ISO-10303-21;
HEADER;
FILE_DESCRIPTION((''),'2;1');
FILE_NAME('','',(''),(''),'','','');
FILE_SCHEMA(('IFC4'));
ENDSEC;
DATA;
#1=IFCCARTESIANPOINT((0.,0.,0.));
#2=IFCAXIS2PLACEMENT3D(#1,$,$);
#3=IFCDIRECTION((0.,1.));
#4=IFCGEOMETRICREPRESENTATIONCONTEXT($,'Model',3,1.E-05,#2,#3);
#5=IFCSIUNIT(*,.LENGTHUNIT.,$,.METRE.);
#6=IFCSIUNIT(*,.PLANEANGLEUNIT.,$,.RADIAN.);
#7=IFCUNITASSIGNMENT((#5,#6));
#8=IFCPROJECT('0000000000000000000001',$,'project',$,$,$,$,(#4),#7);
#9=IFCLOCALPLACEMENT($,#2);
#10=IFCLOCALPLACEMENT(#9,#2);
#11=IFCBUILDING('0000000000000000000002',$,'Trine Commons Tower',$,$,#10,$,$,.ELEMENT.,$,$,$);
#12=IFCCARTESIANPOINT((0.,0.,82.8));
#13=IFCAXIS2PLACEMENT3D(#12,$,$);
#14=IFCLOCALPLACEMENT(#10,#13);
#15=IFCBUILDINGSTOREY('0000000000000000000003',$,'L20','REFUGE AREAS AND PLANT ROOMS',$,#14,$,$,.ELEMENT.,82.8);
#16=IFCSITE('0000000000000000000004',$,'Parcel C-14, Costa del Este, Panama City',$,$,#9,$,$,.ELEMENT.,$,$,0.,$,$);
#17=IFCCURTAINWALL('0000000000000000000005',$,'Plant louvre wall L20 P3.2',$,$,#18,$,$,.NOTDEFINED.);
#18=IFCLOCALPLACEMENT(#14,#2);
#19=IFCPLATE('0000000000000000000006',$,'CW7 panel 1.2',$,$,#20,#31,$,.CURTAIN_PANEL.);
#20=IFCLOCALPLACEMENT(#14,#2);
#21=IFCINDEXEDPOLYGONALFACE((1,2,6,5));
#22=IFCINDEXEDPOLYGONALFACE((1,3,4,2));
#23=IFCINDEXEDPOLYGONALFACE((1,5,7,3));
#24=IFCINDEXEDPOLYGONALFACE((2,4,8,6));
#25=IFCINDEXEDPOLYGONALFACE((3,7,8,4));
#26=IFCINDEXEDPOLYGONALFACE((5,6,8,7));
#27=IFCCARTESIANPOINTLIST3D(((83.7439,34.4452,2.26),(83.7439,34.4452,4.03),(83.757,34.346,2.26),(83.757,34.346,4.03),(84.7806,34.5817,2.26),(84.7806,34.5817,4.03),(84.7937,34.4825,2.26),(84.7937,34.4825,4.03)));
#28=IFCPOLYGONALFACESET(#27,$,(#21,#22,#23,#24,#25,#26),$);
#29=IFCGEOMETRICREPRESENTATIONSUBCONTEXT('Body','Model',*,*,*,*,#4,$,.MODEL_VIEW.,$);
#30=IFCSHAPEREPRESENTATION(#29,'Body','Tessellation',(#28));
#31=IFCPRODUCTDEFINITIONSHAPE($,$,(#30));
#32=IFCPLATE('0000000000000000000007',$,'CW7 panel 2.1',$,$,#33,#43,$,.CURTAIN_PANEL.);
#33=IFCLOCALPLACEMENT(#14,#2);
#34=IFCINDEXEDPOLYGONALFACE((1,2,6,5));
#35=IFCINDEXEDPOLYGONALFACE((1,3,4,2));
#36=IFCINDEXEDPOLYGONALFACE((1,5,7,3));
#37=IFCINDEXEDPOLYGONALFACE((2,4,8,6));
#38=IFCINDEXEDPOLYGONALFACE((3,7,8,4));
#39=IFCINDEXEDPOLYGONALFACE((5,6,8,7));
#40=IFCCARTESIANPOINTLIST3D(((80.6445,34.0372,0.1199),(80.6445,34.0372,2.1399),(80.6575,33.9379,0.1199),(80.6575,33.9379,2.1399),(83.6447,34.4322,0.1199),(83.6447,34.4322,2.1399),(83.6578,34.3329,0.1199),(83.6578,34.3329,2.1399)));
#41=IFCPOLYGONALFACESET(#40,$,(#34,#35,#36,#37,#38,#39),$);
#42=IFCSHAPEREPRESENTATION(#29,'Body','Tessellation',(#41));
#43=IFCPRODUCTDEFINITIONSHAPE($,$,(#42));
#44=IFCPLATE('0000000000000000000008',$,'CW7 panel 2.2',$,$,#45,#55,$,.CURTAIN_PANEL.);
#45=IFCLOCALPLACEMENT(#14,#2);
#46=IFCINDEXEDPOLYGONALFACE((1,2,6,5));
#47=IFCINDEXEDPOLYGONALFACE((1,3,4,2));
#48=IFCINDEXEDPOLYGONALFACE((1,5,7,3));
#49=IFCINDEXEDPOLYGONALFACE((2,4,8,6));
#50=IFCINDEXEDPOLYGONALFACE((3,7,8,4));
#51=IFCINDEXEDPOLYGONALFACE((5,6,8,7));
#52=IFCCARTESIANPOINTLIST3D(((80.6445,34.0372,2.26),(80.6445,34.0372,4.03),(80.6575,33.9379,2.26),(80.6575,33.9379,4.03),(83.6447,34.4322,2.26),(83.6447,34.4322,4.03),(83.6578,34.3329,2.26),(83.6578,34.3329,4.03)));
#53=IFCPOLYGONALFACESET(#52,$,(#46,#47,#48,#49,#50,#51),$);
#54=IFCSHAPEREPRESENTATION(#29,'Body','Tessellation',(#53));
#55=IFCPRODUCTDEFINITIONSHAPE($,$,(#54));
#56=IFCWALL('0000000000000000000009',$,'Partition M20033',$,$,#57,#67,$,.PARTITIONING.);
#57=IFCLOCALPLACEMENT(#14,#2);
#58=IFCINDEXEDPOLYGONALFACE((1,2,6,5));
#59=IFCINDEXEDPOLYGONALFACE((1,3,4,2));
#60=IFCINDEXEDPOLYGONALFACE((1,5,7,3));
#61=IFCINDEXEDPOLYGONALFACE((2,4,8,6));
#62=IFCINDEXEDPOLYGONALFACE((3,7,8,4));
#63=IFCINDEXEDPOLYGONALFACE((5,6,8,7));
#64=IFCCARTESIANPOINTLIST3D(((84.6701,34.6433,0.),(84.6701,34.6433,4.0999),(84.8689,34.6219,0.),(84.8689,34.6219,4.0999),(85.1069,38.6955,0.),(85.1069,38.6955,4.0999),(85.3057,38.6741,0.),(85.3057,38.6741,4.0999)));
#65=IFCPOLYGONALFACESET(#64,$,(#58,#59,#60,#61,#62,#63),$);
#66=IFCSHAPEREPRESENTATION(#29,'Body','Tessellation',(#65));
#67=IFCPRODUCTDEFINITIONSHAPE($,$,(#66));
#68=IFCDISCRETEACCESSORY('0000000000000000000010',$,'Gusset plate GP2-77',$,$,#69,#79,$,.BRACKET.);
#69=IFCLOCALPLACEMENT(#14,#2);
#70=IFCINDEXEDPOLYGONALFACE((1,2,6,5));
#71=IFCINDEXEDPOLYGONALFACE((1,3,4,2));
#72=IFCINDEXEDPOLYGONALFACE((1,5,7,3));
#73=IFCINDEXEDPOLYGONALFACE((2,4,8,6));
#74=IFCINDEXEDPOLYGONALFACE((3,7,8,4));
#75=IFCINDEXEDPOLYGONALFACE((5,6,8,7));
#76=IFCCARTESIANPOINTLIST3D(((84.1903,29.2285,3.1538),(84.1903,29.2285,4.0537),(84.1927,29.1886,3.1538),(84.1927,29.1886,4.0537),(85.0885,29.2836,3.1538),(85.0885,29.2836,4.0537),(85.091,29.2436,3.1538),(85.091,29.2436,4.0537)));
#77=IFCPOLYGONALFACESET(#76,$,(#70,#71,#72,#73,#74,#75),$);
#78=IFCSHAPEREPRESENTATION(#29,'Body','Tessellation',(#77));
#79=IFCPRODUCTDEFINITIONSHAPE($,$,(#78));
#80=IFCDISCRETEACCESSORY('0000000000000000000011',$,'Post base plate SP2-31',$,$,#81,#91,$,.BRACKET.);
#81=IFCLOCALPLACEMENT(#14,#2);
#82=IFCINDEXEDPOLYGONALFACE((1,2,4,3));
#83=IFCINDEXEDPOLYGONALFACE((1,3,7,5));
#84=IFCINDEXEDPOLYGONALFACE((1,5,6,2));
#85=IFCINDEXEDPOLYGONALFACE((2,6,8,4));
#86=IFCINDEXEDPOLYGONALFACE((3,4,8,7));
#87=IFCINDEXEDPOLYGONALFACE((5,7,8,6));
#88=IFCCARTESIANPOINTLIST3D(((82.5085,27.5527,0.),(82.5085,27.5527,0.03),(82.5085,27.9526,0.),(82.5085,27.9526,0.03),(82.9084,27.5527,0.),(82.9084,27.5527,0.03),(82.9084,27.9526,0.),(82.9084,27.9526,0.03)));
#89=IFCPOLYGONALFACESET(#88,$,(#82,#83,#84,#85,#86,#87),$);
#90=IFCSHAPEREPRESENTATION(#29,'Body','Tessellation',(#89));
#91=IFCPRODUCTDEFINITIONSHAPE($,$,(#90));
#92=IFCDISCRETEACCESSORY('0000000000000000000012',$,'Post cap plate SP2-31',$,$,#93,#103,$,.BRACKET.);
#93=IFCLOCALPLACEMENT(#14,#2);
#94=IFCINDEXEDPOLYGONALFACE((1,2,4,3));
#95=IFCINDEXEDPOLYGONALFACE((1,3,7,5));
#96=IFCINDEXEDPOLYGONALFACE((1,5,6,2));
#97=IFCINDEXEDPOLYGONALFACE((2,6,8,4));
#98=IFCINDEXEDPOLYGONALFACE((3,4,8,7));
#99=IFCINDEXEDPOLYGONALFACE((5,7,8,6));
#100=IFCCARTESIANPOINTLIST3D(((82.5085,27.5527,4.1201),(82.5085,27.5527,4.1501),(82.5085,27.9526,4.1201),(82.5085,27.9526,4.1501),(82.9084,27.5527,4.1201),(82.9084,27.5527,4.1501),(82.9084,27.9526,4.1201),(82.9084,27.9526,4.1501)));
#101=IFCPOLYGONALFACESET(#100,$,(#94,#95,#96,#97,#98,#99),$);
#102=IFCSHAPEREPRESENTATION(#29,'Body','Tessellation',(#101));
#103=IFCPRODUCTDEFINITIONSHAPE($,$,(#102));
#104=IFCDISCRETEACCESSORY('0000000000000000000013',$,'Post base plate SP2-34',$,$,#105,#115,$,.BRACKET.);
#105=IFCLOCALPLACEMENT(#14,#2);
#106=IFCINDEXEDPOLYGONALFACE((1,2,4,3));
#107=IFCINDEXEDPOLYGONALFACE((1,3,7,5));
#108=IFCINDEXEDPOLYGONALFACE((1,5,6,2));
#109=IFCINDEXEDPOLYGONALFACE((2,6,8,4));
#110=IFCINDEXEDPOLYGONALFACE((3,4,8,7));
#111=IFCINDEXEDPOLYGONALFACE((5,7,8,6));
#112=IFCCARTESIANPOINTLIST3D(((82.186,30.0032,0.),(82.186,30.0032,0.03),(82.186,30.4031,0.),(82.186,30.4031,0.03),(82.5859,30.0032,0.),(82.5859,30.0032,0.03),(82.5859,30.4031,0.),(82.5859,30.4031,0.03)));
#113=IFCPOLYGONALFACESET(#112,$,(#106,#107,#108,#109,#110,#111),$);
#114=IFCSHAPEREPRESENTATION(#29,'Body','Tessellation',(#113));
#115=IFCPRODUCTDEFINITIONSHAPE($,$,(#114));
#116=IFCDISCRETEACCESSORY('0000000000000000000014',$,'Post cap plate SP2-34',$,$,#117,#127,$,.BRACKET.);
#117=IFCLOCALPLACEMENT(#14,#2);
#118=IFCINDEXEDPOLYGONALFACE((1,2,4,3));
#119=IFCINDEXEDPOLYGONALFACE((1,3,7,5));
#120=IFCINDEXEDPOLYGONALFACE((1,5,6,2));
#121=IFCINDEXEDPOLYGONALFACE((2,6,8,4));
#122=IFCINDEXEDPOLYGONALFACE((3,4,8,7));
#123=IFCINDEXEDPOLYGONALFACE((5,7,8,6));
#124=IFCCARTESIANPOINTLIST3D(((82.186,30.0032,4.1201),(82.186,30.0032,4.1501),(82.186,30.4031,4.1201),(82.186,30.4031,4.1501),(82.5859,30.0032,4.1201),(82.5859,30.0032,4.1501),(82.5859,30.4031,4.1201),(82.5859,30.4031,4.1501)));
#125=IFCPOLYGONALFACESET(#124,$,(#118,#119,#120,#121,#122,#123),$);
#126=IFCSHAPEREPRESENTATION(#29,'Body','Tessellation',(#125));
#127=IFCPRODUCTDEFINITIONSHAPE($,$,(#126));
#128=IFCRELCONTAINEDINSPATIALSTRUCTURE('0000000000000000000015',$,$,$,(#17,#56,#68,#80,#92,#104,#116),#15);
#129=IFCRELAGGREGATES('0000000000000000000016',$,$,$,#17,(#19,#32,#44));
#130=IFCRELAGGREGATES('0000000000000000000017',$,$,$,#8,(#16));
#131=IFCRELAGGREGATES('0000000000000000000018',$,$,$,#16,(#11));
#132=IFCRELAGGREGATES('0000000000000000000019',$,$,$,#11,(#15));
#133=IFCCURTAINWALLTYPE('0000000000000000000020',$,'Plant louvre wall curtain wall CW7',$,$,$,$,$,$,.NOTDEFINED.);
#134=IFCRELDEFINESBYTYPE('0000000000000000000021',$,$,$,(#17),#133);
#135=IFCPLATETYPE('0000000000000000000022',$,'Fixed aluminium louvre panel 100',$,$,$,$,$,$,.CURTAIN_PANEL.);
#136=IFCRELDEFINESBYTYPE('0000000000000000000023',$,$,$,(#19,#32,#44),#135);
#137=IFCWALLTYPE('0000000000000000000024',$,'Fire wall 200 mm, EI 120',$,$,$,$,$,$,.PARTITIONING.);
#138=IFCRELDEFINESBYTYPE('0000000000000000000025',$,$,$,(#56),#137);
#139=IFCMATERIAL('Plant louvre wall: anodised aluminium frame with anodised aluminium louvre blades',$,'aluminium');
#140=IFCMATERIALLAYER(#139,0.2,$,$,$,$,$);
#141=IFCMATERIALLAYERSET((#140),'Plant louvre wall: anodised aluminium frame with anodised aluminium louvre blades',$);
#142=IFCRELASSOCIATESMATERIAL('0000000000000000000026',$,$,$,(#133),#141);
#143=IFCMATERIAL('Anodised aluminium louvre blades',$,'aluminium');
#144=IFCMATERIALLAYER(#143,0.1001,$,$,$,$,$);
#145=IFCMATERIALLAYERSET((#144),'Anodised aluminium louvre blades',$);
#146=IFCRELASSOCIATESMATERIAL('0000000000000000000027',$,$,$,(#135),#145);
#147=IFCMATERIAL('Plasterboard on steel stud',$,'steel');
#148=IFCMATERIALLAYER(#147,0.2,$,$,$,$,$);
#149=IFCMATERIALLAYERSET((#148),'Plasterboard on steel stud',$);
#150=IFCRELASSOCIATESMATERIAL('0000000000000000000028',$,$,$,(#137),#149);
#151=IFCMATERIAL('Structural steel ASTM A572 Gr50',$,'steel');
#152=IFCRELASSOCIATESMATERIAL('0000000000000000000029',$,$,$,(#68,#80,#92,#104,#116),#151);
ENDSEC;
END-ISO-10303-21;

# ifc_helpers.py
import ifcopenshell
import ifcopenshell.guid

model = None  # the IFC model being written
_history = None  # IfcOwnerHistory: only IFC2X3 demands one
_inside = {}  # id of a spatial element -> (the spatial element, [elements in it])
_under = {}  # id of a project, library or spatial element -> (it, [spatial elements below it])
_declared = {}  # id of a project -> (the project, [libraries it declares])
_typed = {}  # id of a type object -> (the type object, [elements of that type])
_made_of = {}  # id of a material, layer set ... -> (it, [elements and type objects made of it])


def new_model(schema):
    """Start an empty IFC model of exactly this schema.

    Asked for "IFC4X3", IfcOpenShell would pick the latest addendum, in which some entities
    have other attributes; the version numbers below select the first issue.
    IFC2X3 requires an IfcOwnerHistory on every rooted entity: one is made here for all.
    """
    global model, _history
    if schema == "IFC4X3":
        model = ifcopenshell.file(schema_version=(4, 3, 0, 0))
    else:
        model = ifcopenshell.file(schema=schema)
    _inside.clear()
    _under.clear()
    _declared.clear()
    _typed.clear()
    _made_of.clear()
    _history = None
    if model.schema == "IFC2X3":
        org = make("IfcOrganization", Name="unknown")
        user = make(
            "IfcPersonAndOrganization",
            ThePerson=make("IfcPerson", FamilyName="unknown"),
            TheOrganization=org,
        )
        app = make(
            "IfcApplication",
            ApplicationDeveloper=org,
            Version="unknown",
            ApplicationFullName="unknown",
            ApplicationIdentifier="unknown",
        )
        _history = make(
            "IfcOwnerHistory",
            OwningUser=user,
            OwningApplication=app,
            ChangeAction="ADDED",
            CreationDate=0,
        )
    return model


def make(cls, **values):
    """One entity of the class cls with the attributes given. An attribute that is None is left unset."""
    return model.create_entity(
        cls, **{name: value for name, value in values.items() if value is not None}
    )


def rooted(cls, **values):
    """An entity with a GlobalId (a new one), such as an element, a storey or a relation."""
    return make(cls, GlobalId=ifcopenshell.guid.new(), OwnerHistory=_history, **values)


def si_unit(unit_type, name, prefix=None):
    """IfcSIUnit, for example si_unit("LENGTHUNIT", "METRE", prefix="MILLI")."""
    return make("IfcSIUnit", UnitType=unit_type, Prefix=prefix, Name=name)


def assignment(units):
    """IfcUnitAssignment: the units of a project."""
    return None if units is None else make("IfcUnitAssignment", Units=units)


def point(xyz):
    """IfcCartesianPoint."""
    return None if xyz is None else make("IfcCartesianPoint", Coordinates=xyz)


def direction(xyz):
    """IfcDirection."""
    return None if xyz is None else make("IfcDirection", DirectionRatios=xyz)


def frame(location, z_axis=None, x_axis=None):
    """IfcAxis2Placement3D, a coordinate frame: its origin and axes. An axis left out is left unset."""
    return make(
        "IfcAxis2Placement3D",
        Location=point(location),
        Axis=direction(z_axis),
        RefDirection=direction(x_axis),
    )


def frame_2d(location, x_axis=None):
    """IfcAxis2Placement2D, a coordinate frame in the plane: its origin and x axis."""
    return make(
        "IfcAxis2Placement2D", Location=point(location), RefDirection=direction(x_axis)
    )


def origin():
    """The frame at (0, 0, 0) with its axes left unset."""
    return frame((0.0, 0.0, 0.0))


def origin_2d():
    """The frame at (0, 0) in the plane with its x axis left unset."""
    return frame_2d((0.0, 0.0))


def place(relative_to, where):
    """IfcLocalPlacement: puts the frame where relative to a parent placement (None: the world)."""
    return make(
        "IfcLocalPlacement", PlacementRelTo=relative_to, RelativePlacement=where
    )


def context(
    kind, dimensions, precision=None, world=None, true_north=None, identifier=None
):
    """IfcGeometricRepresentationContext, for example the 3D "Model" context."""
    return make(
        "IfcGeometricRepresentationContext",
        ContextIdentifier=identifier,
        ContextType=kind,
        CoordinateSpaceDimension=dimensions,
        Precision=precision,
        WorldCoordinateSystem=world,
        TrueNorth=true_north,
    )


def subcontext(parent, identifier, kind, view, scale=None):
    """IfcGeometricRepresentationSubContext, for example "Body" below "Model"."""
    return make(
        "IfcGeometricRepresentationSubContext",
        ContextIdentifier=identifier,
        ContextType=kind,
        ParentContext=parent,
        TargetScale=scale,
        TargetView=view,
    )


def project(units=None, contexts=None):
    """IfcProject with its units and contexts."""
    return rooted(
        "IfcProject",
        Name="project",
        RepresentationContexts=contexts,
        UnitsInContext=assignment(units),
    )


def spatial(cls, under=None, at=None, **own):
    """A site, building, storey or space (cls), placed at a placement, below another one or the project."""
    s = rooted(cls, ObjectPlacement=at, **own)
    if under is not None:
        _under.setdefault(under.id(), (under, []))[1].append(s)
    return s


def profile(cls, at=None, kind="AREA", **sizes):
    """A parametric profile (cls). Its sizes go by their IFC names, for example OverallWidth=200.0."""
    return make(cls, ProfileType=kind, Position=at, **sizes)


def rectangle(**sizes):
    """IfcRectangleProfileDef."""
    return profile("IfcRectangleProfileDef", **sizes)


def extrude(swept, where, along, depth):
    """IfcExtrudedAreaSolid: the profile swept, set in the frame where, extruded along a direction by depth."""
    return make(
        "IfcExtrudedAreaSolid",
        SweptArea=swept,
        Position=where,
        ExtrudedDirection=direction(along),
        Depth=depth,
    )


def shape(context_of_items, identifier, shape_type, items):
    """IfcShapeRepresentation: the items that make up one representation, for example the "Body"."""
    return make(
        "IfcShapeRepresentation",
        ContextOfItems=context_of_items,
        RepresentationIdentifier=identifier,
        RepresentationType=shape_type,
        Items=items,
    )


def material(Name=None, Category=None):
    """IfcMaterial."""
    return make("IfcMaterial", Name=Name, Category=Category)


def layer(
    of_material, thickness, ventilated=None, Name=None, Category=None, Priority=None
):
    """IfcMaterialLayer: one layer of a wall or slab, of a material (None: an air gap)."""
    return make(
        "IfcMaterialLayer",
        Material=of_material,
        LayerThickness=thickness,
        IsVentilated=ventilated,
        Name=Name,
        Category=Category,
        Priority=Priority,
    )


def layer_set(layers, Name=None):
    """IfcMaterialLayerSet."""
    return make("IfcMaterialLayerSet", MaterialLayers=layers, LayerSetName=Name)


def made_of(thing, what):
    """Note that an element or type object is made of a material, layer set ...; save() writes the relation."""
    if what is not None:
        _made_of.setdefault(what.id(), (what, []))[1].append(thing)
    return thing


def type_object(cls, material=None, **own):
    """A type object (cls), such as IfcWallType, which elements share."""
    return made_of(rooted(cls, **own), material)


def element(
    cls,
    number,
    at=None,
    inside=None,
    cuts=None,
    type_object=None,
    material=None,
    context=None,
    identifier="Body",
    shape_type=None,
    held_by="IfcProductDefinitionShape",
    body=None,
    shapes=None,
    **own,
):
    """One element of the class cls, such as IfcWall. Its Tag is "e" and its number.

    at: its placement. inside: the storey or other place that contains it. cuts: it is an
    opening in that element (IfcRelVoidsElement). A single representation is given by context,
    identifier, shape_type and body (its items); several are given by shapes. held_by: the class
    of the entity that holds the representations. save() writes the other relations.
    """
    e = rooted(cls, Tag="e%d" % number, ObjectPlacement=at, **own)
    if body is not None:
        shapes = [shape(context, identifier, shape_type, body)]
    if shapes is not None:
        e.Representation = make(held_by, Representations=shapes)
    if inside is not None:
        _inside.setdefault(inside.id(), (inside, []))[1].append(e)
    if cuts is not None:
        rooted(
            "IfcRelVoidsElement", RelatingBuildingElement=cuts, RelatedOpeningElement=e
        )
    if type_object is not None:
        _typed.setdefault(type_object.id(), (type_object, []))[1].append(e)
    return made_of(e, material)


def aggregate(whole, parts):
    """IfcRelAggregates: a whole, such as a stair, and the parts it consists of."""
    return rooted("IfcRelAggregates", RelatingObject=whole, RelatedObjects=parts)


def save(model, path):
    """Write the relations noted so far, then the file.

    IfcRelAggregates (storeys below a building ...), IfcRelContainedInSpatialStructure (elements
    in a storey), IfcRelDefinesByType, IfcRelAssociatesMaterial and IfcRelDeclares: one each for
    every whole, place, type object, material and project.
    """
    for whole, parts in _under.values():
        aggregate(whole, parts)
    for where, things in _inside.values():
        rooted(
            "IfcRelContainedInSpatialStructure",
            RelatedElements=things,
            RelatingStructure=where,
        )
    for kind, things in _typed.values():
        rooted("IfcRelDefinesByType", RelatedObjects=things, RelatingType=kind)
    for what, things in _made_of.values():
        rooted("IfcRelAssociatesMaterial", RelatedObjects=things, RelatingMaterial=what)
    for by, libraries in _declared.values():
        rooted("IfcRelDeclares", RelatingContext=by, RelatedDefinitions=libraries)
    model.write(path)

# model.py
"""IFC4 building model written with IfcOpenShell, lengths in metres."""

from ifc_helpers import new_model, si_unit, direction, frame, frame_2d, origin, origin_2d, place, context, subcontext, project, spatial, rectangle, extrude, material, layer, layer_set, type_object, element, aggregate, save


model = new_model("IFC4")

# Units and contexts
model_context = context("Model", 3, precision=1e-05, world=origin(), true_north=direction((0.0, 1.0)))
body_context = subcontext(model_context, "Body", "Model", "MODEL_VIEW")
ifc_project = project(units=[si_unit("LENGTHUNIT", "METRE"), si_unit("PLANEANGLEUNIT", "RADIAN")], contexts=[model_context])

# Site, building, storey
site_placement = place(None, origin())
site = spatial("IfcSite", under=ifc_project, at=site_placement, Name="Parcel C-14, Costa del Este, Panama City", CompositionType="ELEMENT", RefElevation=0.0)
building_placement = place(site_placement, origin())
building = spatial("IfcBuilding", under=site, at=building_placement, Name="Trine Commons Tower", CompositionType="ELEMENT")
storey_placement = place(building_placement, frame((0.0, 0.0, 82.8)))
storey = spatial("IfcBuildingStorey", under=building, at=storey_placement, Name="L20", Description="REFUGE AREAS AND PLANT ROOMS", CompositionType="ELEMENT", Elevation=82.8)

# Curtain wall
ifc_material_1 = material(Name="Plant louvre wall: anodised aluminium frame with anodised aluminium louvre blades", Category="aluminium")
ifc_layer_1 = layer(ifc_material_1, 0.2)
ifc_layer_set_1 = layer_set([ifc_layer_1], Name="Plant louvre wall: anodised aluminium frame with anodised aluminium louvre blades")
curtain_wall_type = type_object("IfcCurtainWallType", Name="Plant louvre wall curtain wall CW7", PredefinedType="NOTDEFINED", material=ifc_layer_set_1)
curtain_wall_placement = place(storey_placement, origin())
curtain_wall = element("IfcCurtainWall", 1, at=curtain_wall_placement, inside=storey, type_object=curtain_wall_type, Name="Plant louvre wall L20 P3.2", PredefinedType="NOTDEFINED")

# Plates
ifc_material_2 = material(Name="Anodised aluminium louvre blades", Category="aluminium")
ifc_layer_2 = layer(ifc_material_2, 0.1001)
ifc_layer_set_2 = layer_set([ifc_layer_2], Name="Anodised aluminium louvre blades")
plate_type = type_object("IfcPlateType", Name="Fixed aluminium louvre panel 100", PredefinedType="CURTAIN_PANEL", material=ifc_layer_set_2)
plate_1_placement = place(storey_placement, frame((84.2688, 34.4639, 2.26), z_axis=(0.0, 0.0, 1.0), x_axis=(-0.991445, -0.130526, 0.0)))
plate_1 = element("IfcPlate", 2, at=plate_1_placement, type_object=plate_type, Name="CW7 panel 1.2", PredefinedType="CURTAIN_PANEL", context=body_context, shape_type="SweptSolid", body=[
    extrude(rectangle(XDim=1.0457, YDim=0.1001, at=origin_2d()), origin(), (0.0, 0.0, 1.0), 1.77),
])
plate_2_placement = place(storey_placement, frame((82.1511, 34.1851, 0.1199), z_axis=(0.0, 0.0, 1.0), x_axis=(-0.991445, -0.130526, 0.0)))
plate_2 = element("IfcPlate", 3, at=plate_2_placement, type_object=plate_type, Name="CW7 panel 2.1", PredefinedType="CURTAIN_PANEL", context=body_context, shape_type="SweptSolid", body=[
    extrude(rectangle(XDim=3.0261, YDim=0.1001, at=origin_2d()), origin(), (0.0, 0.0, 1.0), 2.02),
])
plate_3_placement = place(storey_placement, frame((82.1511, 34.1851, 2.26), z_axis=(0.0, 0.0, 1.0), x_axis=(-0.991445, -0.130526, 0.0)))
plate_3 = element("IfcPlate", 4, at=plate_3_placement, type_object=plate_type, Name="CW7 panel 2.2", PredefinedType="CURTAIN_PANEL", context=body_context, shape_type="SweptSolid", body=[
    extrude(rectangle(XDim=3.0261, YDim=0.1001, at=origin_2d()), origin(), (0.0, 0.0, 1.0), 1.77),
])
aggregate(curtain_wall, [plate_1, plate_2, plate_3])

# Wall
ifc_material_3 = material(Name="Plasterboard on steel stud", Category="steel")
ifc_layer_3 = layer(ifc_material_3, 0.2)
ifc_layer_set_3 = layer_set([ifc_layer_3], Name="Plasterboard on steel stud")
wall_type = type_object("IfcWallType", Name="Fire wall 200 mm, EI 120", PredefinedType="PARTITIONING", material=ifc_layer_set_3)
wall_placement = place(storey_placement, frame((84.7695, 34.6326, 0.0), z_axis=(0.0, 0.0, 1.0), x_axis=(0.107163, 0.994241, 0.0)))
element("IfcWall", 5, at=wall_placement, inside=storey, type_object=wall_type, Name="Partition M20033", PredefinedType="PARTITIONING", context=body_context, shape_type="SweptSolid", body=[
    extrude(rectangle(XDim=4.0757, YDim=0.2, at=frame_2d((2.0378, 0.0))), origin(), (0.0, 0.0, 1.0), 4.0999),
])

# Discrete accessories
ifc_material_4 = material(Name="Structural steel ASTM A572 Gr50", Category="steel")
discrete_accessory_placement = place(storey_placement, frame((84.6406, 29.2361, 3.1538), z_axis=(0.0, 0.0, 1.0), x_axis=(-0.998124, -0.061223, 0.0)))
element("IfcDiscreteAccessory", 6, at=discrete_accessory_placement, inside=storey, material=ifc_material_4, Name="Gusset plate GP2-77", PredefinedType="BRACKET", context=body_context, shape_type="SweptSolid", body=[
    extrude(rectangle(XDim=0.8999, YDim=0.04, at=origin_2d()), origin(), (0.0, 0.0, 1.0), 0.8999),
])
for number, where, z_axis, x_axis, name in (
    (7, (82.7085, 27.7527, 0.0), (0.0, 0.0, 1.0), (1.0, 0.0, 0.0), "Post base plate SP2-31"),
    (8, (82.7085, 27.7527, 4.1201), (0.0, 0.0, 1.0), (1.0, 0.0, 0.0), "Post cap plate SP2-31"),
    (9, (82.386, 30.2031, 0.0), (0.0, 0.0, 1.0), (1.0, 0.0, 0.0), "Post base plate SP2-34"),
    (10, (82.386, 30.2031, 4.1201), (0.0, 0.0, 1.0), (1.0, 0.0, 0.0), "Post cap plate SP2-34"),
):
    element("IfcDiscreteAccessory", number, at=place(storey_placement, frame(where, z_axis=z_axis, x_axis=x_axis)), inside=storey, material=ifc_material_4, Name=name, PredefinedType="BRACKET", context=body_context, shape_type="SweptSolid", body=[
        extrude(rectangle(XDim=0.3999, YDim=0.3999, at=origin_2d()), origin(), (0.0, 0.0, 1.0), 0.03),
    ])

save(model, "model.ifc")
